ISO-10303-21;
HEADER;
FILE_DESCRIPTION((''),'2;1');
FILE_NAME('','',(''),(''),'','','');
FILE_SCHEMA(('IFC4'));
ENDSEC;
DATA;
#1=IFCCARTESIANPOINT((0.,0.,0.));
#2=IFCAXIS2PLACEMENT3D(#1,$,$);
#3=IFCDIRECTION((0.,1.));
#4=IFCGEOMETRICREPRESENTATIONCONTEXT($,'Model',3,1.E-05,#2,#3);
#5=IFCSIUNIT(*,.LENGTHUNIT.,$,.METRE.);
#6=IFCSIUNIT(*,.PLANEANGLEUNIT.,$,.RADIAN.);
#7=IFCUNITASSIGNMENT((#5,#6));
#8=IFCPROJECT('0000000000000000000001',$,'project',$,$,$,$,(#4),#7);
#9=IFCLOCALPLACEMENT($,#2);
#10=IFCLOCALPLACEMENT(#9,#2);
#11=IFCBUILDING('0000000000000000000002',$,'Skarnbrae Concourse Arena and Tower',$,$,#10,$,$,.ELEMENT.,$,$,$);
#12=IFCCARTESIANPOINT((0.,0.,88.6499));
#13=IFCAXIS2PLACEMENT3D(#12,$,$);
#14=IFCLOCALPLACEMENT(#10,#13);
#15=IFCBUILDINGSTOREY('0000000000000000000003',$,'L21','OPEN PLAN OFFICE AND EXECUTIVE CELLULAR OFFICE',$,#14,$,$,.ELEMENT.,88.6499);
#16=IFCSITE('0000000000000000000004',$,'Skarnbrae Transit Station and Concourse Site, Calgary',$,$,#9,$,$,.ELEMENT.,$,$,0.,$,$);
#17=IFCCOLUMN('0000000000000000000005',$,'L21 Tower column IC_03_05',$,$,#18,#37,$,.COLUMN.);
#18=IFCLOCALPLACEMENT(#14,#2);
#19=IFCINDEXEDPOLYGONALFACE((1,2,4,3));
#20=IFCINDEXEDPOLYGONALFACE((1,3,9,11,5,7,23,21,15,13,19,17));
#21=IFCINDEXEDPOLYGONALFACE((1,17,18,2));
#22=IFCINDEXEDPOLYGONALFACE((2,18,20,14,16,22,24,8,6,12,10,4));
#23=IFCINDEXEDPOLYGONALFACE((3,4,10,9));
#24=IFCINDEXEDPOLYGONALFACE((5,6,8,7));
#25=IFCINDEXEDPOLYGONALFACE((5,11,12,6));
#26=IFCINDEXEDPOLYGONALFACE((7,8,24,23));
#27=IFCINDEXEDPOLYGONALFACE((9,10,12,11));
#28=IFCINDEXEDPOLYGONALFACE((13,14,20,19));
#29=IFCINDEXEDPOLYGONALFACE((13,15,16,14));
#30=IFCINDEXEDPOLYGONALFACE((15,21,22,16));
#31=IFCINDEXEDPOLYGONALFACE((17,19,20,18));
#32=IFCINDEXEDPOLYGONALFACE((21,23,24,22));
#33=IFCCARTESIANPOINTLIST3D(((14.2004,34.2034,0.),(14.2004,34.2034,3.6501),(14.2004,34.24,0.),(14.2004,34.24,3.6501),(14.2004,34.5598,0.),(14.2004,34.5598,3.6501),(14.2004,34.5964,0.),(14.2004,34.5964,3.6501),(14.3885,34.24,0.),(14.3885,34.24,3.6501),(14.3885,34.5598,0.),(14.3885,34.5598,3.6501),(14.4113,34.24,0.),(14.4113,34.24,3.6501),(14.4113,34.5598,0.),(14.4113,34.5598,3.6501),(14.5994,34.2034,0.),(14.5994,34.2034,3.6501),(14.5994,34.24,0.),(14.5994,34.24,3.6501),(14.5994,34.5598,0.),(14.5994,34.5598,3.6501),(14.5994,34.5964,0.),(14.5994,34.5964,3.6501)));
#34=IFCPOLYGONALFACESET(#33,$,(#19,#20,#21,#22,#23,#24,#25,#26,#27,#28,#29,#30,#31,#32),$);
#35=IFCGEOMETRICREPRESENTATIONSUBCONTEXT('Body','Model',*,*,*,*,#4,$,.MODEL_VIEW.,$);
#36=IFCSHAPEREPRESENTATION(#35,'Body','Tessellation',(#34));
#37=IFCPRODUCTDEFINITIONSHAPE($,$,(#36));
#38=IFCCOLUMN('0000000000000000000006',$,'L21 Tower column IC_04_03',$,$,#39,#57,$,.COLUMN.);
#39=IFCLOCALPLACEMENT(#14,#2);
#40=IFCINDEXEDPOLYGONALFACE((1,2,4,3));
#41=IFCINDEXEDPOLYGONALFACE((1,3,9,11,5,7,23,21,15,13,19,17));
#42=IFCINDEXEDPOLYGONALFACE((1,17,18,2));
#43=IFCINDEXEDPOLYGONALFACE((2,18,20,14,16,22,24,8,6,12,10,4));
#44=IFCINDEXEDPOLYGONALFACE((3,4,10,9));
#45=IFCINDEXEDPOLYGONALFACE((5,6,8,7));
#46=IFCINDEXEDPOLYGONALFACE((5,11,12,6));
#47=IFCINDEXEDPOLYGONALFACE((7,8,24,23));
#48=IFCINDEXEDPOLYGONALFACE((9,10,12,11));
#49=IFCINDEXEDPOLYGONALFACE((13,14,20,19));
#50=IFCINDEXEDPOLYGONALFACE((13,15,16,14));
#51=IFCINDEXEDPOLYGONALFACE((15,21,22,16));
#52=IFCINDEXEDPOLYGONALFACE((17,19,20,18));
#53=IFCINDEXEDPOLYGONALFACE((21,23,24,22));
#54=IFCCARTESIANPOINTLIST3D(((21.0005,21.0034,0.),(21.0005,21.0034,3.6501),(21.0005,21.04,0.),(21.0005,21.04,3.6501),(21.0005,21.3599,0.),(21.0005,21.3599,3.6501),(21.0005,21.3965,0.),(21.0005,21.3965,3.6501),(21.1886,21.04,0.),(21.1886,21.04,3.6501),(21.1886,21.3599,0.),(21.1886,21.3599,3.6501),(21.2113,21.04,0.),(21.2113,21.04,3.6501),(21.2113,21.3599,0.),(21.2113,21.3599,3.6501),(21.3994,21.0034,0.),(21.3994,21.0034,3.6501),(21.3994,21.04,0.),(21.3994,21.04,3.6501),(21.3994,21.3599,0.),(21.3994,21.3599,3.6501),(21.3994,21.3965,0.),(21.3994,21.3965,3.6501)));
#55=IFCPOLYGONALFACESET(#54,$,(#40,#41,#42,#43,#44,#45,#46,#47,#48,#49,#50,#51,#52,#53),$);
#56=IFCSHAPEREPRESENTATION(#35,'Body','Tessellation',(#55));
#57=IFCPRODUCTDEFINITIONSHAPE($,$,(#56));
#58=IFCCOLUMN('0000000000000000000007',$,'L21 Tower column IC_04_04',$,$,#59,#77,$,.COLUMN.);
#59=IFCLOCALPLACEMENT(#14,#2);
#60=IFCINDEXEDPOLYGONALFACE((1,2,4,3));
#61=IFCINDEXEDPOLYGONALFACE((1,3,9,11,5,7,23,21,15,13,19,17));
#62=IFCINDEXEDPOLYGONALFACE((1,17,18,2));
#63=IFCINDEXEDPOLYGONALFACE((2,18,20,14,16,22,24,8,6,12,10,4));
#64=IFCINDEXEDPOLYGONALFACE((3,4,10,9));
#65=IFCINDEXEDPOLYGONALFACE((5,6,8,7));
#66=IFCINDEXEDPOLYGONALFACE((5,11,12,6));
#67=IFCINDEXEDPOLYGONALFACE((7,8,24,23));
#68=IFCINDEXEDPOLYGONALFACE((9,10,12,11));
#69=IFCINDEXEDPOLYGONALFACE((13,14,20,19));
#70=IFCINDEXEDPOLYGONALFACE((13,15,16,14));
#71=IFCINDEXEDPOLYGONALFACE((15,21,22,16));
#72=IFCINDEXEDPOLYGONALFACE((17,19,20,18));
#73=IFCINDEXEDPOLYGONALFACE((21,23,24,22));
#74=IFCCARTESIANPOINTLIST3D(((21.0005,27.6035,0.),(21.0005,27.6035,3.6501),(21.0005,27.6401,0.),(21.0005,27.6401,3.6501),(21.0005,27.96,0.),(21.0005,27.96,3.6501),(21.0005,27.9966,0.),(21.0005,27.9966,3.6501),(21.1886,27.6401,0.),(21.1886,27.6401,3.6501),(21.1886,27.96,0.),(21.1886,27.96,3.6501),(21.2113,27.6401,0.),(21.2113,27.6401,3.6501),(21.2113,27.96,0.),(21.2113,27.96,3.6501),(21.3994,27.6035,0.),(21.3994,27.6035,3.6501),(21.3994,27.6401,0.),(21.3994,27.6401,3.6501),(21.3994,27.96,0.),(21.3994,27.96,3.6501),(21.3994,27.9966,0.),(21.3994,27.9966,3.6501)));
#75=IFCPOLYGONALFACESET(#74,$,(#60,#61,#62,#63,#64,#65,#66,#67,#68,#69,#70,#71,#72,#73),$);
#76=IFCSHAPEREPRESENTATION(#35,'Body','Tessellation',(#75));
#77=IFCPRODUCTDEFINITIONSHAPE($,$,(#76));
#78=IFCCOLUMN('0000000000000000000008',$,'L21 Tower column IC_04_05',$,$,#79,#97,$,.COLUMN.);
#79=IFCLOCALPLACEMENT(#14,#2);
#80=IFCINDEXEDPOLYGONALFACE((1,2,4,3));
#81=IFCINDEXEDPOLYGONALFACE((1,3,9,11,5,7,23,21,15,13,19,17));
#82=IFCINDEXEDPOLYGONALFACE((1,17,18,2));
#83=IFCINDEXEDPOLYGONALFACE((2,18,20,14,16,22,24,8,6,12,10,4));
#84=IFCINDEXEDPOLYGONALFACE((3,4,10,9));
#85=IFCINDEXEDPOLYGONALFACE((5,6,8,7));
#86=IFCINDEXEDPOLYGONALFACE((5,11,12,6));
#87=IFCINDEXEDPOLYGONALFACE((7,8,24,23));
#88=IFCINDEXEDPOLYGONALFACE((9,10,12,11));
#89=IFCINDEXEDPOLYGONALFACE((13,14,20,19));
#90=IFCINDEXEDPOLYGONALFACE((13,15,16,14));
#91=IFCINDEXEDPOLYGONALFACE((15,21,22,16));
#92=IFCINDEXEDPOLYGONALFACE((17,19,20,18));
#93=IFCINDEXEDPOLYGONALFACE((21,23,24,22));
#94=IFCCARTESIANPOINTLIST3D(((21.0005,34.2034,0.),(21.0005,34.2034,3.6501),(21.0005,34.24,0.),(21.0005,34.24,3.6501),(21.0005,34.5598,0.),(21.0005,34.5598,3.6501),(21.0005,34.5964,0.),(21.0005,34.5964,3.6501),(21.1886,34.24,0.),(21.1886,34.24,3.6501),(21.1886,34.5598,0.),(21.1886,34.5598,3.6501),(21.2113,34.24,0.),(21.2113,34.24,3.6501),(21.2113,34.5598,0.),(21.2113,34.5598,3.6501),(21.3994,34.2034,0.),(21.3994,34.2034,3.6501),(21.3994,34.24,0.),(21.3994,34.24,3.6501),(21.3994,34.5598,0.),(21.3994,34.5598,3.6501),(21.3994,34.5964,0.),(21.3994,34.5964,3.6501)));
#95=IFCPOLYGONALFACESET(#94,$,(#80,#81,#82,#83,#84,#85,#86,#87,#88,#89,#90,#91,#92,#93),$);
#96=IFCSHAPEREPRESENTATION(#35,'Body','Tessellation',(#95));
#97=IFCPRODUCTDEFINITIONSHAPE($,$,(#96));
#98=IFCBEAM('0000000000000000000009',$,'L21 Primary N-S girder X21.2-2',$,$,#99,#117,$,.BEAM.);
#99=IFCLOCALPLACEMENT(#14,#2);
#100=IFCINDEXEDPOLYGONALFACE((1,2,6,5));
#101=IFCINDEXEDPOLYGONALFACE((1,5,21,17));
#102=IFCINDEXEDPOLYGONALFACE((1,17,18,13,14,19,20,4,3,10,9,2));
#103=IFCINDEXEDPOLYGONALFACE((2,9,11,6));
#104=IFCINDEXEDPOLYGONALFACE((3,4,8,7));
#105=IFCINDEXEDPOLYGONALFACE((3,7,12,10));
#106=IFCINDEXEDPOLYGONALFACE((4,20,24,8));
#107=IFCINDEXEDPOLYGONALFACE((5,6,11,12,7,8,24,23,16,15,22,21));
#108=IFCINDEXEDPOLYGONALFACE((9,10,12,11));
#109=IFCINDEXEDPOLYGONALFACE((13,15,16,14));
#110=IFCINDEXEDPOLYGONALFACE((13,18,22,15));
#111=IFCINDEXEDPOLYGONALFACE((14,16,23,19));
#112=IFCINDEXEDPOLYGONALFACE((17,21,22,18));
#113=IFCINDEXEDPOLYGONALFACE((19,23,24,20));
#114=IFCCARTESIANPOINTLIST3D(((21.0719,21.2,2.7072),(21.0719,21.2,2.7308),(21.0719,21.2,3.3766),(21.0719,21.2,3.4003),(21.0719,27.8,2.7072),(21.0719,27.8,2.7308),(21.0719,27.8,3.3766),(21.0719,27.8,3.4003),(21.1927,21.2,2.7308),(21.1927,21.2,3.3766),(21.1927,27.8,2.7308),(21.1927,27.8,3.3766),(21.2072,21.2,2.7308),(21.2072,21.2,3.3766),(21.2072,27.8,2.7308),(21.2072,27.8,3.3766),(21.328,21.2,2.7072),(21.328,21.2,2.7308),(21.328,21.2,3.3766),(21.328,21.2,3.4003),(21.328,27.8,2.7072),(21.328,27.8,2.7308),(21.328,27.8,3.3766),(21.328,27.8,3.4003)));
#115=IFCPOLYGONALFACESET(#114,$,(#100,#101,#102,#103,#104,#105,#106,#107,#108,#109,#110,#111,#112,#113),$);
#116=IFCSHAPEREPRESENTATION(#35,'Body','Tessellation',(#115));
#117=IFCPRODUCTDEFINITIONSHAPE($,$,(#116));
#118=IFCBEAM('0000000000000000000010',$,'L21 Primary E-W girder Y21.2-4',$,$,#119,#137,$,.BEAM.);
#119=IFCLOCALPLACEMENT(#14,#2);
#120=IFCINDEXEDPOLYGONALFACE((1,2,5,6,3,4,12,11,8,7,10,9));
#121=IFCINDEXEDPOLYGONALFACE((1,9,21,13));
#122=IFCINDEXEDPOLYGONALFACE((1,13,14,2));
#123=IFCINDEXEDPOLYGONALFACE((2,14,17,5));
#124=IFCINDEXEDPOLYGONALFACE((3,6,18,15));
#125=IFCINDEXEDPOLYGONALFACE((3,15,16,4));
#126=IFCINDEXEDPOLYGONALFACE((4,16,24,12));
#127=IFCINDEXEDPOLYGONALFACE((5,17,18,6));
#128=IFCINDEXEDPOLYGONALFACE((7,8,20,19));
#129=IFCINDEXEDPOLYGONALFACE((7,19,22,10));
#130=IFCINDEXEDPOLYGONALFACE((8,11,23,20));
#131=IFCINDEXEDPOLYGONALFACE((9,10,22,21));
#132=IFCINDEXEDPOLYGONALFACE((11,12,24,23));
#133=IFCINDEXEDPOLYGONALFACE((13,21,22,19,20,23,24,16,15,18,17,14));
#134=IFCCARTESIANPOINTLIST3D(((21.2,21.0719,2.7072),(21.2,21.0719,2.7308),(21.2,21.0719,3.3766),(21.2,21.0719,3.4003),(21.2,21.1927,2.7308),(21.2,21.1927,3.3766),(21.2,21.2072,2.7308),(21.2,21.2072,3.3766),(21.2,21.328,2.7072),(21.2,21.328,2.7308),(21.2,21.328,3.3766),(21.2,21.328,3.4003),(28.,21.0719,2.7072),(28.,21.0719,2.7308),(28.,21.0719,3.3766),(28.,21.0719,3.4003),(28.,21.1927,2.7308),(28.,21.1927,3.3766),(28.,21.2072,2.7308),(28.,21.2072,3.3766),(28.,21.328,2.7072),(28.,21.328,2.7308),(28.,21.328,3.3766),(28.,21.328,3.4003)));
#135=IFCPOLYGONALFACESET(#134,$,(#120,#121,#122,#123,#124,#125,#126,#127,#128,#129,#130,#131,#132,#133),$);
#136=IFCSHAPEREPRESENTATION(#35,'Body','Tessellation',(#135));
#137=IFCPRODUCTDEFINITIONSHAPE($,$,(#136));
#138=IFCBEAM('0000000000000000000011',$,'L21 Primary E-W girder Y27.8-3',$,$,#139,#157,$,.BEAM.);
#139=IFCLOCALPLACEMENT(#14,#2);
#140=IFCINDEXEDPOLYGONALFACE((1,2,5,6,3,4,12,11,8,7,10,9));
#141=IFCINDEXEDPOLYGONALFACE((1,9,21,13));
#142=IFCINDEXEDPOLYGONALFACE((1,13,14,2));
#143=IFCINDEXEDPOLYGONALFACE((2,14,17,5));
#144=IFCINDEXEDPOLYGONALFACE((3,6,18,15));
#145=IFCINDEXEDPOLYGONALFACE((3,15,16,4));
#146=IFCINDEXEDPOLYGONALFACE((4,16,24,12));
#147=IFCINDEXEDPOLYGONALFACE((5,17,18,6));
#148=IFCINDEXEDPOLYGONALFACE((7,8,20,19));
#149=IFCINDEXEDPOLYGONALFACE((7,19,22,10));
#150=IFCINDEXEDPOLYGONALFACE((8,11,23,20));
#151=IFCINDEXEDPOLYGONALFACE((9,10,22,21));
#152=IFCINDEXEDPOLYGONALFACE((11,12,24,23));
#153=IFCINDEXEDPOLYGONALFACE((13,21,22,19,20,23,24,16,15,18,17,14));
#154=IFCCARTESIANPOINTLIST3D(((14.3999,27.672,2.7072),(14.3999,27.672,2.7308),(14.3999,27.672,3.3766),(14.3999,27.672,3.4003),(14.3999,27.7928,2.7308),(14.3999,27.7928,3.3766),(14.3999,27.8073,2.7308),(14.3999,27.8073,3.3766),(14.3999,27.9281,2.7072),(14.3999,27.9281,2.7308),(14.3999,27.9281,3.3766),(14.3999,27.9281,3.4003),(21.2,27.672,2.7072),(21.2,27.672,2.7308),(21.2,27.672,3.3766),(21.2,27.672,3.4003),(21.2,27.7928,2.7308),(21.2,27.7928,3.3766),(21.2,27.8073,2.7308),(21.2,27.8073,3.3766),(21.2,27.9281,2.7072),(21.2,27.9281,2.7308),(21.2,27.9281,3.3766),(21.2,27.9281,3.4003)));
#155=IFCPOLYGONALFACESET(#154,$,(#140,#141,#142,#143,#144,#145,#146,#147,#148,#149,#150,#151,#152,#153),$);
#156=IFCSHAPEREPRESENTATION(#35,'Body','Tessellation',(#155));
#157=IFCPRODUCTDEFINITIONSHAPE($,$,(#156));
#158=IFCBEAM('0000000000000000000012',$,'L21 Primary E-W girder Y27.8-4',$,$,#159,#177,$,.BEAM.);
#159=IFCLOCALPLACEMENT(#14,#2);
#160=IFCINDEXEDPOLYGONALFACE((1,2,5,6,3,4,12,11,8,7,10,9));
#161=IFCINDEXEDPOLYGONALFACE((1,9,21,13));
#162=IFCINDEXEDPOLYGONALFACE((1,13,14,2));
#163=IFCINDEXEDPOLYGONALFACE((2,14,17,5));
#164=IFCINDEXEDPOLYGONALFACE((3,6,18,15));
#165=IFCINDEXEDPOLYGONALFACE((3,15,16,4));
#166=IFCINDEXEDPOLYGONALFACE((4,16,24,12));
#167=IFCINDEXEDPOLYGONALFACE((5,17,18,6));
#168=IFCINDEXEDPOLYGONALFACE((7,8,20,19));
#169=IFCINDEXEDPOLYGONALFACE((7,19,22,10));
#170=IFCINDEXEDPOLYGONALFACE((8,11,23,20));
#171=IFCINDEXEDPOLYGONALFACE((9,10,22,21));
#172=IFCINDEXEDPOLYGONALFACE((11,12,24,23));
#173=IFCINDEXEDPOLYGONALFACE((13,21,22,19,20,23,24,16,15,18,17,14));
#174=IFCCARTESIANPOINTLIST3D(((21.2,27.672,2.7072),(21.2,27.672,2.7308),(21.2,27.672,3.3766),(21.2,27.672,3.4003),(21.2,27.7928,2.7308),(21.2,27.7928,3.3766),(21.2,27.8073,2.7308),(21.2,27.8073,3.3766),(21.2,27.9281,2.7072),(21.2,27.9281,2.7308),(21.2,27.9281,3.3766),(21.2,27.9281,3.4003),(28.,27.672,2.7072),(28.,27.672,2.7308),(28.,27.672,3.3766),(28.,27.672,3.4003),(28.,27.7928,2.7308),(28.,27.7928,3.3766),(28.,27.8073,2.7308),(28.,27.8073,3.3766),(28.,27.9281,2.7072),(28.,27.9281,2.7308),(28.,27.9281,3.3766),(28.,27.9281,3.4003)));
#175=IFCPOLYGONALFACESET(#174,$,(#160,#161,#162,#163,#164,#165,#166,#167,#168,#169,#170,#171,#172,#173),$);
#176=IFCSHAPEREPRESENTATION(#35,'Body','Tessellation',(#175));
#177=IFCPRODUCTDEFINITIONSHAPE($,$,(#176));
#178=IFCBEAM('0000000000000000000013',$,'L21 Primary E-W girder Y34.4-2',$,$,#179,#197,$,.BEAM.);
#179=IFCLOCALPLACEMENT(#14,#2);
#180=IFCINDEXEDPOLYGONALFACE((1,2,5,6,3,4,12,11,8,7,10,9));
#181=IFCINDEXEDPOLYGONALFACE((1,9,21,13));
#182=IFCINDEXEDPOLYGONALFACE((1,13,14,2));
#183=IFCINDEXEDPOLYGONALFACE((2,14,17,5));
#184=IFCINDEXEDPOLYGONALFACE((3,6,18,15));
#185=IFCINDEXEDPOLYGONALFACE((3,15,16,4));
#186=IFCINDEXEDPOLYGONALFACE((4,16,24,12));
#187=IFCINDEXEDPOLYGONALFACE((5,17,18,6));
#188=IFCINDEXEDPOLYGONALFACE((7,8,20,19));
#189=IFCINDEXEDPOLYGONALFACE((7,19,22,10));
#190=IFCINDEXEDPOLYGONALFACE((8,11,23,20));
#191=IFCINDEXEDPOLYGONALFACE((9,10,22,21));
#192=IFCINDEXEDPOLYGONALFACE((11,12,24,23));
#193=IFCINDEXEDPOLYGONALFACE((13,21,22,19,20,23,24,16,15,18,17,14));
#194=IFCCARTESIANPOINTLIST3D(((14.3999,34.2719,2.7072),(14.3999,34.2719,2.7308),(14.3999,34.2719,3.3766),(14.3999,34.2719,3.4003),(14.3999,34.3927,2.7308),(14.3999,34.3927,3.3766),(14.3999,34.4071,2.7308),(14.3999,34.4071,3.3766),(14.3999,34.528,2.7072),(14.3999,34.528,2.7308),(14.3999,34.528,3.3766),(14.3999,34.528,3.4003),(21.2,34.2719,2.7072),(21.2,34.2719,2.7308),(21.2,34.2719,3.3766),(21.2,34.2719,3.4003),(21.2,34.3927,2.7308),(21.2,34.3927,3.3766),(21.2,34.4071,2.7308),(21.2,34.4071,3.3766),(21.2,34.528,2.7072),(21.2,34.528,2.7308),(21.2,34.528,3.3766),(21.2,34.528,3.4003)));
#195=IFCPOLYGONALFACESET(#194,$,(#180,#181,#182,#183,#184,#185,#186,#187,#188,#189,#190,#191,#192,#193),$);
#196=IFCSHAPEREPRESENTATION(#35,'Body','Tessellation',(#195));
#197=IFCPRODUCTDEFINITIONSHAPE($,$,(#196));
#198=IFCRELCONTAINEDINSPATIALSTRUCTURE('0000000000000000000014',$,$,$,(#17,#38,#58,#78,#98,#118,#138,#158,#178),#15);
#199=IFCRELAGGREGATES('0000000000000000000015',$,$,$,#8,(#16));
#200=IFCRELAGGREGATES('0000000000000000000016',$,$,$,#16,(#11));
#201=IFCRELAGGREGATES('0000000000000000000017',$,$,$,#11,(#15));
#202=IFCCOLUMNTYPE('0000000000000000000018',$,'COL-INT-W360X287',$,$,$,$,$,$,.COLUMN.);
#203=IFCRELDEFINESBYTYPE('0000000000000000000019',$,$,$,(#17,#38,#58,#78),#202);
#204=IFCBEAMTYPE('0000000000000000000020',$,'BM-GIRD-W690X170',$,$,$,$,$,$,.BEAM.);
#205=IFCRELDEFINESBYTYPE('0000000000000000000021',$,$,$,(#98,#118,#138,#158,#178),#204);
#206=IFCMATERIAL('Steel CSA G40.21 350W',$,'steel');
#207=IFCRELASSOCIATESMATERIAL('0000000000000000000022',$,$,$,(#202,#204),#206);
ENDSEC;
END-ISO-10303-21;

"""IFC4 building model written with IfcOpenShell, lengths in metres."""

from ifc_helpers import new_model, si_unit, direction, frame, origin, origin_2d, place, context, subcontext, project, spatial, i_section, extrude, source, transform, mapped, material, material_profile, profile_set, type_object, element, save


model = new_model("IFC4")

# Units and contexts
model_context = context("Model", 3, precision=1e-05, world=origin(), true_north=direction((0.0, 1.0)))
body_context = subcontext(model_context, "Body", "Model", "MODEL_VIEW")
ifc_project = project(units=[si_unit("LENGTHUNIT", "METRE"), si_unit("PLANEANGLEUNIT", "RADIAN")], contexts=[model_context])

# Site, building, storey
site_placement = place(None, origin())
site = spatial("IfcSite", under=ifc_project, at=site_placement, Name="Skarnbrae Transit Station and Concourse Site, Calgary", CompositionType="ELEMENT", RefElevation=0.0)
building_placement = place(site_placement, origin())
building = spatial("IfcBuilding", under=site, at=building_placement, Name="Skarnbrae Concourse Arena and Tower", CompositionType="ELEMENT")
storey_placement = place(building_placement, frame((0.0, 0.0, 88.6499)))
storey = spatial("IfcBuildingStorey", under=building, at=storey_placement, Name="L21", Description="OPEN PLAN OFFICE AND EXECUTIVE CELLULAR OFFICE", CompositionType="ELEMENT", Elevation=88.6499)

# Columns
ifc_material_1 = material(Name="Steel CSA G40.21 350W", Category="steel")
ifc_material_profile_1 = material_profile(ifc_material_1, i_section(OverallWidth=0.3989, OverallDepth=0.3931, WebThickness=0.0227, FlangeThickness=0.0366, at=origin_2d()), Name="W360X287")
ifc_profile_set_1 = profile_set([ifc_material_profile_1], Name="Steel CSA G40.21 350W")
column_type = type_object("IfcColumnType", Name="COL-INT-W360X287", PredefinedType="COLUMN", material=ifc_profile_set_1)
shared_shape_1 = source(origin(), body_context, "Body", "SweptSolid", [
    extrude(i_section(OverallWidth=0.3989, OverallDepth=0.3931, WebThickness=0.0227, FlangeThickness=0.0366, at=origin_2d()), origin(), (0.0, 0.0, 1.0), 3.6501),
])
for number, where, z_axis, x_axis, name in (
    (1, (14.3999, 34.3999, 0.0), (0.0, 0.0, 1.0), (1.0, 0.0, 0.0), "L21 Tower column IC_03_05"),
    (2, (21.2, 21.2, 0.0), (0.0, 0.0, 1.0), (1.0, 0.0, 0.0), "L21 Tower column IC_04_03"),
    (3, (21.2, 27.8, 0.0), (0.0, 0.0, 1.0), (1.0, 0.0, 0.0), "L21 Tower column IC_04_04"),
    (4, (21.2, 34.3999, 0.0), (0.0, 0.0, 1.0), (1.0, 0.0, 0.0), "L21 Tower column IC_04_05"),
):
    element("IfcColumn", number, at=place(storey_placement, frame(where, z_axis=z_axis, x_axis=x_axis)), inside=storey, type_object=column_type, Name=name, PredefinedType="COLUMN", context=body_context, shape_type="MappedRepresentation", body=[
        mapped(shared_shape_1, transform((0.0, 0.0, 0.0))),
    ])

# Beams
ifc_material_profile_2 = material_profile(ifc_material_1, i_section(OverallWidth=0.2561, OverallDepth=0.6931, WebThickness=0.0144, FlangeThickness=0.0237, at=origin_2d()), Name="W690X170")
ifc_profile_set_2 = profile_set([ifc_material_profile_2], Name="Steel CSA G40.21 350W")
beam_type_1 = type_object("IfcBeamType", Name="BM-GIRD-W690X170", PredefinedType="BEAM", material=ifc_profile_set_2)
shared_shape_2 = source(origin(), body_context, "Body", "SweptSolid", [
    extrude(i_section(OverallWidth=0.2561, OverallDepth=0.6931, WebThickness=0.0144, FlangeThickness=0.0237, at=origin_2d()), origin(), (0.0, 0.0, 1.0), 6.6001),
])
beam_1_placement = place(storey_placement, frame((21.2, 21.2, 3.0537), z_axis=(0.0, 1.0, 0.0), x_axis=(-1.0, 0.0, 0.0)))
element("IfcBeam", 5, at=beam_1_placement, inside=storey, type_object=beam_type_1, Name="L21 Primary N-S girder X21.2-2", PredefinedType="BEAM", context=body_context, shape_type="MappedRepresentation", body=[
    mapped(shared_shape_2, transform((0.0, 0.0, 0.0))),
])
shared_shape_3 = source(origin(), body_context, "Body", "SweptSolid", [
    extrude(i_section(OverallWidth=0.2561, OverallDepth=0.6931, WebThickness=0.0144, FlangeThickness=0.0237, at=origin_2d()), origin(), (0.0, 0.0, 1.0), 6.8),
])
for number, where, z_axis, x_axis, name in (
    (6, (21.2, 21.2, 3.0537), (1.0, 0.0, 0.0), (0.0, 1.0, 0.0), "L21 Primary E-W girder Y21.2-4"),
    (7, (14.3999, 27.8, 3.0537), (1.0, 0.0, 0.0), (0.0, 1.0, 0.0), "L21 Primary E-W girder Y27.8-3"),
    (8, (21.2, 27.8, 3.0537), (1.0, 0.0, 0.0), (0.0, 1.0, 0.0), "L21 Primary E-W girder Y27.8-4"),
    (9, (14.3999, 34.3999, 3.0537), (1.0, 0.0, 0.0), (0.0, 1.0, 0.0), "L21 Primary E-W girder Y34.4-2"),
):
    element("IfcBeam", number, at=place(storey_placement, frame(where, z_axis=z_axis, x_axis=x_axis)), inside=storey, type_object=beam_type_1, Name=name, PredefinedType="BEAM", context=body_context, shape_type="MappedRepresentation", body=[
        mapped(shared_shape_3, transform((0.0, 0.0, 0.0))),
    ])

save(model, "model.ifc")
